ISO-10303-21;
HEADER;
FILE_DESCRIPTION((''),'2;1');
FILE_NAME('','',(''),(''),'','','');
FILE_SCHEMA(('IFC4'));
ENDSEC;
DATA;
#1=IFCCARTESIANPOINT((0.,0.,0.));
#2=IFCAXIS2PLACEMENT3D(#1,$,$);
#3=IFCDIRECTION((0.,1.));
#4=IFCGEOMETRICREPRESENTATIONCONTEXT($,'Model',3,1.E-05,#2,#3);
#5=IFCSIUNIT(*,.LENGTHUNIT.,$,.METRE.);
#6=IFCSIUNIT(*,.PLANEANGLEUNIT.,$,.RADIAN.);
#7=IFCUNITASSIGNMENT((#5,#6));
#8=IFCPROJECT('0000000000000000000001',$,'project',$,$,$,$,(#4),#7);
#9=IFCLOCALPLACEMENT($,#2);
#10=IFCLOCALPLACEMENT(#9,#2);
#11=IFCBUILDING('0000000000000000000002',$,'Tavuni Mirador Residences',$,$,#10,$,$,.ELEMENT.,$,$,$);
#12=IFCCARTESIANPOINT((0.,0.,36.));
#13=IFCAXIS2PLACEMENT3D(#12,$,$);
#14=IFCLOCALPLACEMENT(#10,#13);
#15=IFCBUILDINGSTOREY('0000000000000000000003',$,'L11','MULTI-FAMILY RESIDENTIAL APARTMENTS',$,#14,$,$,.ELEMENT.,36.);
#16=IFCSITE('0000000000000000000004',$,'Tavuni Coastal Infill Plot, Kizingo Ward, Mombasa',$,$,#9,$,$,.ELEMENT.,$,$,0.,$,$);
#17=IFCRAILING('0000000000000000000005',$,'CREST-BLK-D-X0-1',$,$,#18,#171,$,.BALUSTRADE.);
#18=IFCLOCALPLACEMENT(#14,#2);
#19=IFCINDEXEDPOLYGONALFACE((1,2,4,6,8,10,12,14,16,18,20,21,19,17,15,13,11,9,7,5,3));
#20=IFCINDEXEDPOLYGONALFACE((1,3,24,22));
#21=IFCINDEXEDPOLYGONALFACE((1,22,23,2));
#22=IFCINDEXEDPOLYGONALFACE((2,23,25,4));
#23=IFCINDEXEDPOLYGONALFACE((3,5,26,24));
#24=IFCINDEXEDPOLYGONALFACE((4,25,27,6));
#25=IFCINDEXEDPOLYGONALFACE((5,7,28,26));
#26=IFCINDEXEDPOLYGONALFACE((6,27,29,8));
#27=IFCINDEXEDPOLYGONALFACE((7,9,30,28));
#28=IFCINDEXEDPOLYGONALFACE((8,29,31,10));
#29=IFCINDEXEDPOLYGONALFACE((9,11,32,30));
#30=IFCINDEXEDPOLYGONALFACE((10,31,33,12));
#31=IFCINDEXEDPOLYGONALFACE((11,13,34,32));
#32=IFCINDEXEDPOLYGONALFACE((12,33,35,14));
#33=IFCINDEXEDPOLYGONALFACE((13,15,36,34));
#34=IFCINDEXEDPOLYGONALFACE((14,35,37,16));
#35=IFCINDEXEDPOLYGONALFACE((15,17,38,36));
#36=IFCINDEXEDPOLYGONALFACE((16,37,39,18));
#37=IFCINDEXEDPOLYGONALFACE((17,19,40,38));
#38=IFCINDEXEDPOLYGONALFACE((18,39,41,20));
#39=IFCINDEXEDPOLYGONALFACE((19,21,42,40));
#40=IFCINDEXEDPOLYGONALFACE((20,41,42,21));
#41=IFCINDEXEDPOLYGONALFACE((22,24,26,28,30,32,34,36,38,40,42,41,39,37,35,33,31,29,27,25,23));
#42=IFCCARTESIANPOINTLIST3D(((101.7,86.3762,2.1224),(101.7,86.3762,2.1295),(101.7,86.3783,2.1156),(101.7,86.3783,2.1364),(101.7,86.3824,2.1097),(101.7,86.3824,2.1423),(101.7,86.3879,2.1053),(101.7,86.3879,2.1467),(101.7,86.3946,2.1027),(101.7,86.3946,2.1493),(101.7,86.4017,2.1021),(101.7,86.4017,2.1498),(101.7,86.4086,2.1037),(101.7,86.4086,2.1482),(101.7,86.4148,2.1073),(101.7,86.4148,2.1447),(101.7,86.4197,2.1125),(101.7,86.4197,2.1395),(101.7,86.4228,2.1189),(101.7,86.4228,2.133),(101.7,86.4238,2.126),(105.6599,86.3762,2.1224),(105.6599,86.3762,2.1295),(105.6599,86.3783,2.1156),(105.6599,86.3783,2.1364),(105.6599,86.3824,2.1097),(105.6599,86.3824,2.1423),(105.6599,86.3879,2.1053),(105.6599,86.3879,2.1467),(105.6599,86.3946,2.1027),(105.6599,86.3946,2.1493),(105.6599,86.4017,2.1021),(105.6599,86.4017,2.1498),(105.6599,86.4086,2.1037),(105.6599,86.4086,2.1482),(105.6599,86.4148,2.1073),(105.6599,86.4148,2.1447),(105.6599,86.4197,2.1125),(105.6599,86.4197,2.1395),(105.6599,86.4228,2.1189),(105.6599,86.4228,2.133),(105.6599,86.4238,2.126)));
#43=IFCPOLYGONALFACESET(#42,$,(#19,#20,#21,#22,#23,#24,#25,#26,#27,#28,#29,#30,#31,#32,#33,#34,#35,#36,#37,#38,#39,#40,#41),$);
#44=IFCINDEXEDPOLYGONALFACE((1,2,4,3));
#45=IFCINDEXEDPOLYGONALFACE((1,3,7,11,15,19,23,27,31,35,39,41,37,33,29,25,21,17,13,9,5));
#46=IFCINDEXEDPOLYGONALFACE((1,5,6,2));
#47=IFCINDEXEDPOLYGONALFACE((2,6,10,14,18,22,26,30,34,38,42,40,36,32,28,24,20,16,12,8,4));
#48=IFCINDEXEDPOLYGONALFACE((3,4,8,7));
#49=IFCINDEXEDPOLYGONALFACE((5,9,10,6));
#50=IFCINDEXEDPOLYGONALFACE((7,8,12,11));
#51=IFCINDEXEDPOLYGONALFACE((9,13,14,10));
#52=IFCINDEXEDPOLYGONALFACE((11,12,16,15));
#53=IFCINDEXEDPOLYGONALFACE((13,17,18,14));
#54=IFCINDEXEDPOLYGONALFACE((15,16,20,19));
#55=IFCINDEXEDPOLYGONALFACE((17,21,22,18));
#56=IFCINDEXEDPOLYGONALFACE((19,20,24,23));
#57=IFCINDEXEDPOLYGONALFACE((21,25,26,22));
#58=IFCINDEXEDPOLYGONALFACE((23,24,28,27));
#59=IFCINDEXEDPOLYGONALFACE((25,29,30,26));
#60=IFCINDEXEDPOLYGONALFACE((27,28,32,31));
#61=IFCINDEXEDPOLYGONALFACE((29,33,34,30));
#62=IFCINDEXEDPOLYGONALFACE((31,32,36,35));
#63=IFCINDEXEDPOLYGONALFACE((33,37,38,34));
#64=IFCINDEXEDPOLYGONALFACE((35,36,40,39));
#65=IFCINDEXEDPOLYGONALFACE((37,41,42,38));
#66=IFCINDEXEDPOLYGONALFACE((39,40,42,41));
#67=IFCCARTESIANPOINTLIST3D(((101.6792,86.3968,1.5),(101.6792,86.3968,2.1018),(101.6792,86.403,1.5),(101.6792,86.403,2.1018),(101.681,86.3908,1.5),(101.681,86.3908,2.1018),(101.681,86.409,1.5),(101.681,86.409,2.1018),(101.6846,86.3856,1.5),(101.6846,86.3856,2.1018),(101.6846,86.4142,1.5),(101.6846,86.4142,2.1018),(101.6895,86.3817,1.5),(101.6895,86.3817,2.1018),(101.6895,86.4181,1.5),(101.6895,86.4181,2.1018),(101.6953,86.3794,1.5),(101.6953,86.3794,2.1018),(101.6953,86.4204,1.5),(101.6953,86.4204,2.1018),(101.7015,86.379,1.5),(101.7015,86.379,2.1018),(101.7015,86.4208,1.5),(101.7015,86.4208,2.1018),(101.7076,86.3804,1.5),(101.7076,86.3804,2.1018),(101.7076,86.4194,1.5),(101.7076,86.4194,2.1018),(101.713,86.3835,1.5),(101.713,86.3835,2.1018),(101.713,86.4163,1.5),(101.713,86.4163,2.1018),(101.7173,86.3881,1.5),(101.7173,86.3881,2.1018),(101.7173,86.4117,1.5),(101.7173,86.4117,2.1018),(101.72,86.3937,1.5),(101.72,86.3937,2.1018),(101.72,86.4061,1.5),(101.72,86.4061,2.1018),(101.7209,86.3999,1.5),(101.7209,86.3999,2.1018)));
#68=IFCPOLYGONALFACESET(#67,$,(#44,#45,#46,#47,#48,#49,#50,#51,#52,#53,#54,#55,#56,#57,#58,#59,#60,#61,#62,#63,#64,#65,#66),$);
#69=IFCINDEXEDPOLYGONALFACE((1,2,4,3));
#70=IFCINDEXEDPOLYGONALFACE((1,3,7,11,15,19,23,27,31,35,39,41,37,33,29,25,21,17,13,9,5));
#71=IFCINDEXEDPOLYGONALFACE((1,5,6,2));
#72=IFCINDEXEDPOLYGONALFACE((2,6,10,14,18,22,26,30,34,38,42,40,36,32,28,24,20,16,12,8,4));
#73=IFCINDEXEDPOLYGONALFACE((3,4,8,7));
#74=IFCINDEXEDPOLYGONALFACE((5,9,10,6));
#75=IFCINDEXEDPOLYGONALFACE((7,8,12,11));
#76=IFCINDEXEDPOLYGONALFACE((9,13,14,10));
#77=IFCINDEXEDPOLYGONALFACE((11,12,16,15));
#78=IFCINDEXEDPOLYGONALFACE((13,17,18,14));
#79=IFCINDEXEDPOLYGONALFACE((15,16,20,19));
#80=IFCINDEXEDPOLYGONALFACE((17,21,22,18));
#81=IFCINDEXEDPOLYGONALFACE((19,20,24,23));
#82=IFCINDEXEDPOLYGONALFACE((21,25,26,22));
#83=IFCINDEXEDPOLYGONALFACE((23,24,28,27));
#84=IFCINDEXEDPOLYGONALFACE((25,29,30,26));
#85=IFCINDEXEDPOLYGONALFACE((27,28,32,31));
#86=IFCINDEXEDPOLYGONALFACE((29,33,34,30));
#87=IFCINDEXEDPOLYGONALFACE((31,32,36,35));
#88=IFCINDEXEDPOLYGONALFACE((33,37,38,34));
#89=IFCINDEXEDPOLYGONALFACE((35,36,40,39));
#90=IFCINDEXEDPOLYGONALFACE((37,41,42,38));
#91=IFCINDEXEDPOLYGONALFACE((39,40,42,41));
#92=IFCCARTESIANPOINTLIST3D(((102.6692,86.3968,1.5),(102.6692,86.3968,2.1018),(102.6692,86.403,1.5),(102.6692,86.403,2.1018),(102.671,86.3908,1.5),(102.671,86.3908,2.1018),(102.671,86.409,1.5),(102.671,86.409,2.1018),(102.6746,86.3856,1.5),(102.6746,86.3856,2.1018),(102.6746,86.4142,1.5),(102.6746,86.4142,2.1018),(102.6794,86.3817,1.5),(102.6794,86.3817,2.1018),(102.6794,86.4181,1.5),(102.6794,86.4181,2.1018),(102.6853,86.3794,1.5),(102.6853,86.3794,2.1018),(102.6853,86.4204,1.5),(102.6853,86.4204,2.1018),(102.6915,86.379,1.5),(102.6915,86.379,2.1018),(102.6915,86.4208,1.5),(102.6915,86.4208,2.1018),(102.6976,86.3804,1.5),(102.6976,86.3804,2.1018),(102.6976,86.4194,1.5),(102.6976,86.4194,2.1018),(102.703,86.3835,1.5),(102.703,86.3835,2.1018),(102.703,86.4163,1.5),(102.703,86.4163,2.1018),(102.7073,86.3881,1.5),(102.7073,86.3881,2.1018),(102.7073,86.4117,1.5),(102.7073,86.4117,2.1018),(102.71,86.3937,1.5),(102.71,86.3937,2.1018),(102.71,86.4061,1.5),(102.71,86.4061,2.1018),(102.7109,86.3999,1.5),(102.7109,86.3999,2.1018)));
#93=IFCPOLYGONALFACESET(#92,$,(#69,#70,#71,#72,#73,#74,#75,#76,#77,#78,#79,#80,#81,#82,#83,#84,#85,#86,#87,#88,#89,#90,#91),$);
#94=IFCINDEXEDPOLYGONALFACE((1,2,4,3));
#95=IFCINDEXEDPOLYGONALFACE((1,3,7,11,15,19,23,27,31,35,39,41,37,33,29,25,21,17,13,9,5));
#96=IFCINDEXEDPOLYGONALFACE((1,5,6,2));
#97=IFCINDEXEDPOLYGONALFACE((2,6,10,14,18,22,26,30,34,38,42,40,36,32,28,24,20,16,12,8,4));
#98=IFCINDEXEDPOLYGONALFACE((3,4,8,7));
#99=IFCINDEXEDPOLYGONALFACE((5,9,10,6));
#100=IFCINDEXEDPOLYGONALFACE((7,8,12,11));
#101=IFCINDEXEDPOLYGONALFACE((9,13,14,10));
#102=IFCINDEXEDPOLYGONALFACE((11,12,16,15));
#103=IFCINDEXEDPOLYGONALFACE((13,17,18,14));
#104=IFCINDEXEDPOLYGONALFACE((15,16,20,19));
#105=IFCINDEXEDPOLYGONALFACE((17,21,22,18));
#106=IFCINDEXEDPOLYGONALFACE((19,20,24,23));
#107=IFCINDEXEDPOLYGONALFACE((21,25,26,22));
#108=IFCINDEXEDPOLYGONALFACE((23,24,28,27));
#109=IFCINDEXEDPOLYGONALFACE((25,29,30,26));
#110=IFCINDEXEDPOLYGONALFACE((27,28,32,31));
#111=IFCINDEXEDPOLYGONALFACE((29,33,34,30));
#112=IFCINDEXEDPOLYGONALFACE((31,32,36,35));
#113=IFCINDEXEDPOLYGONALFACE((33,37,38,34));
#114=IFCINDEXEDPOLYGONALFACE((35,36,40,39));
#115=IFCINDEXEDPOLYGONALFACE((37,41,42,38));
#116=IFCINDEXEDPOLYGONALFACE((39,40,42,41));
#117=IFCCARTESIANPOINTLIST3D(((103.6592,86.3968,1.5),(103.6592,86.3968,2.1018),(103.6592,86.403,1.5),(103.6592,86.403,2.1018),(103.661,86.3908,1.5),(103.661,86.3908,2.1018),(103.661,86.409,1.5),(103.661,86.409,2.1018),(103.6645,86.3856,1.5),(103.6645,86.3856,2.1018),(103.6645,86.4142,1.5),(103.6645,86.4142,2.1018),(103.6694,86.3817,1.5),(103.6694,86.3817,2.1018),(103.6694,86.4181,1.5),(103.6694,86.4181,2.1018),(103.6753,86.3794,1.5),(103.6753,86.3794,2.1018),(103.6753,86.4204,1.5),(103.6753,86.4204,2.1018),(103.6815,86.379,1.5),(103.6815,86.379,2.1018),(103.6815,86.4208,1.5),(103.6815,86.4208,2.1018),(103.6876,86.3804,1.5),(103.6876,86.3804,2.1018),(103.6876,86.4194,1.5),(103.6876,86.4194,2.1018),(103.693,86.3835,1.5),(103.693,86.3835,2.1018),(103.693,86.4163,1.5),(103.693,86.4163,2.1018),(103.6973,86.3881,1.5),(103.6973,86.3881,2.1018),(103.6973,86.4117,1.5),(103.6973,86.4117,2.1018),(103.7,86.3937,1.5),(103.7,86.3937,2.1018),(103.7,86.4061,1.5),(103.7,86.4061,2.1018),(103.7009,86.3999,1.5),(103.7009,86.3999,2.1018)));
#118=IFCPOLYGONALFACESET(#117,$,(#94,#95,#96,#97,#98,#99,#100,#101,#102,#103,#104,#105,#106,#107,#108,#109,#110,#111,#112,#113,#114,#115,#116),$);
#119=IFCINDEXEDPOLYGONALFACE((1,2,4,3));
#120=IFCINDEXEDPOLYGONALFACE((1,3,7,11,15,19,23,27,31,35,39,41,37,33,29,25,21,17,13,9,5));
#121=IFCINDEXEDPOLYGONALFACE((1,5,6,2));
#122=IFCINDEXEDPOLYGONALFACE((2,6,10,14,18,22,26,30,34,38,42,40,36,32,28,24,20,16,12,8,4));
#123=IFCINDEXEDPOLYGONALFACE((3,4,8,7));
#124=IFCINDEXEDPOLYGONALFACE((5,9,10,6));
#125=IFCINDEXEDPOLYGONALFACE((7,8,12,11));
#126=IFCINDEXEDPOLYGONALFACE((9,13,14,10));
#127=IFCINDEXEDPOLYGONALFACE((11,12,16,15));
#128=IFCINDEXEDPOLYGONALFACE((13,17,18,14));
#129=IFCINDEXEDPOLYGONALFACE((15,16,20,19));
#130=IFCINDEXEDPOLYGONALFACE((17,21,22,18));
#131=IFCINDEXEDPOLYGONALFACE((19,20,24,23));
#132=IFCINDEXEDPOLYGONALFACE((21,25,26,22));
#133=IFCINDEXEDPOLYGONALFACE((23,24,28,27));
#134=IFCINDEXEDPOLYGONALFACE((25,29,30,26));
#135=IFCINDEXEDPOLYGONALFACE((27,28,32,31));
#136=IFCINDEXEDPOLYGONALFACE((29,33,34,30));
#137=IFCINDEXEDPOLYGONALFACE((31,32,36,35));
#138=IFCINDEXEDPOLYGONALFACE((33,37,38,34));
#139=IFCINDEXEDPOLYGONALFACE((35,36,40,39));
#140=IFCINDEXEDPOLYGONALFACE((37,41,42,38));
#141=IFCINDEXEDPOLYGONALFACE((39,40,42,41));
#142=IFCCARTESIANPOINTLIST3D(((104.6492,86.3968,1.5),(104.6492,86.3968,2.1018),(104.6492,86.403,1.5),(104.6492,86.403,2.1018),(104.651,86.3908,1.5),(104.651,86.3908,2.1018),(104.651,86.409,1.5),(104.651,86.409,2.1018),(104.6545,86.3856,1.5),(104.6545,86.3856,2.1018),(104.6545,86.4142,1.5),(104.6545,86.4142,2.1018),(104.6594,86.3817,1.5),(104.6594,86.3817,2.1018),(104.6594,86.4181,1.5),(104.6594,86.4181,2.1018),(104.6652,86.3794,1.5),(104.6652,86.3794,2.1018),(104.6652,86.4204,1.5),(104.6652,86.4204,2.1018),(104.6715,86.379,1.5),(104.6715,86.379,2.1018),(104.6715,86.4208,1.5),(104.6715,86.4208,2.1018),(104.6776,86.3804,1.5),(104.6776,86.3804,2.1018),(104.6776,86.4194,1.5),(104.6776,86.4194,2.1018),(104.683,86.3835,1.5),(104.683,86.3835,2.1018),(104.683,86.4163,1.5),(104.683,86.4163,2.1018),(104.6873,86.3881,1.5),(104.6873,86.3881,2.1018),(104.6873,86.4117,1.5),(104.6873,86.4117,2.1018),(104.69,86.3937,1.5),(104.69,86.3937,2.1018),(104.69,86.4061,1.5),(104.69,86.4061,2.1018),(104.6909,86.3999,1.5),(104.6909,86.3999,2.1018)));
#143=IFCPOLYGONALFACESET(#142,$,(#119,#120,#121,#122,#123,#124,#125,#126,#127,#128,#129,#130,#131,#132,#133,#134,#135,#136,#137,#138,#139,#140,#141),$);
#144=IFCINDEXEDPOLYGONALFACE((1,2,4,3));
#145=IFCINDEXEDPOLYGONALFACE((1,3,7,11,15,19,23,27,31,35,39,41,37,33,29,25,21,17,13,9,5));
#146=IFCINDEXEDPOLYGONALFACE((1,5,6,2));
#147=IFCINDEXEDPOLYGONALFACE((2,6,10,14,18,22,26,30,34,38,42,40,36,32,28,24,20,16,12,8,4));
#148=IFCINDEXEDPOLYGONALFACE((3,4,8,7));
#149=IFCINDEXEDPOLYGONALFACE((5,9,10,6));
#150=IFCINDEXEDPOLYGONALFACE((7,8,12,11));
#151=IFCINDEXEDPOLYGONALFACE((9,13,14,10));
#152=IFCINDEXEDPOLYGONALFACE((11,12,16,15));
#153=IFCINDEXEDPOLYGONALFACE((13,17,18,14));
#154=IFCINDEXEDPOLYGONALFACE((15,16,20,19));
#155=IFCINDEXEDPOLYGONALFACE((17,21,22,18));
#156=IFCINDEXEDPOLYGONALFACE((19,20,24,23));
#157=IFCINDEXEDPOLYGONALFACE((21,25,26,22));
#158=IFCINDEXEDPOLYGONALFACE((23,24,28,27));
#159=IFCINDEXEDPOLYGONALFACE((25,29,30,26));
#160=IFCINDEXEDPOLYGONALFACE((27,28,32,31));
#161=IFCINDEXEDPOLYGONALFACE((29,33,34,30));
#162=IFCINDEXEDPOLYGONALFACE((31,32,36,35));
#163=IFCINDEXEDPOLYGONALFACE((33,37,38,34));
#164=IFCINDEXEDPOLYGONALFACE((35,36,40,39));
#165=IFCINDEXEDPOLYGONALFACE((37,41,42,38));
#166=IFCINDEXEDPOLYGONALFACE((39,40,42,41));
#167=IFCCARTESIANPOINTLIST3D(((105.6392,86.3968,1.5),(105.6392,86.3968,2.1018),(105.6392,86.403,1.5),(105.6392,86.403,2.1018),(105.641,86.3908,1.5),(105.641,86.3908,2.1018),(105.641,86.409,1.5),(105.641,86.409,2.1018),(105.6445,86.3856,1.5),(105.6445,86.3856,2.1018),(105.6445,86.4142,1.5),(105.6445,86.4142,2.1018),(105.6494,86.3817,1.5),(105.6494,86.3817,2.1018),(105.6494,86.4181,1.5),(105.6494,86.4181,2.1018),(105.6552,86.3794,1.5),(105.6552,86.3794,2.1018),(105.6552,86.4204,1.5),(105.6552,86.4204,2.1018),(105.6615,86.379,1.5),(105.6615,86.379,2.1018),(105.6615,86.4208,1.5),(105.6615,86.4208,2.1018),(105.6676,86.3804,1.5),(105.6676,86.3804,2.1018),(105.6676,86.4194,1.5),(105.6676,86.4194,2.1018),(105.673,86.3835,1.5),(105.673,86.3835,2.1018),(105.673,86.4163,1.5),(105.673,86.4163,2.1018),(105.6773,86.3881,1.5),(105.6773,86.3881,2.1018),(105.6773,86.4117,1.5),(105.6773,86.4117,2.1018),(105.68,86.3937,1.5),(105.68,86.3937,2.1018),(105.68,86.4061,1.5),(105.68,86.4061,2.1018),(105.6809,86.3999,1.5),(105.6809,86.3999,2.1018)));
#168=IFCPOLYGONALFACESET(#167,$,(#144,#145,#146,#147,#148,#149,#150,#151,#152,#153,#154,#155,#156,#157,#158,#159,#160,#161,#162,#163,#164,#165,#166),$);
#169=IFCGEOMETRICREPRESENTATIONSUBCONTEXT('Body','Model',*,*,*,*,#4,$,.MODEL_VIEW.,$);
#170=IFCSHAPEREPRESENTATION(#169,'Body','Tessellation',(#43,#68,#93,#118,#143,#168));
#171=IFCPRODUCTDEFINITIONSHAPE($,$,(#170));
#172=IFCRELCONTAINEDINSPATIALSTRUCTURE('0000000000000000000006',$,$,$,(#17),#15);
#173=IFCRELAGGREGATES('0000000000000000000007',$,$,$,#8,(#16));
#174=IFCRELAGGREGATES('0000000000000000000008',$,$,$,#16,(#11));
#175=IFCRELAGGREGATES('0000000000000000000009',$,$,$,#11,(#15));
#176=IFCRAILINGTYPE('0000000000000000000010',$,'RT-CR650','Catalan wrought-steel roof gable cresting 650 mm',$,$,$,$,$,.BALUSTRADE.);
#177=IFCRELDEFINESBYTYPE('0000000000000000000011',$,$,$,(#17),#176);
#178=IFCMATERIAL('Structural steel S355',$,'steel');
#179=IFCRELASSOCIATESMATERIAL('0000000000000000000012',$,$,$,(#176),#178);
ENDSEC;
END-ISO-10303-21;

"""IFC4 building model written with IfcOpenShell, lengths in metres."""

from ifc_helpers import new_model, si_unit, direction, frame, origin, origin_2d, place, context, subcontext, project, spatial, circle, extrude, material, type_object, element, save


model = new_model("IFC4")

# Units and contexts
model_context = context("Model", 3, precision=1e-05, world=origin(), true_north=direction((0.0, 1.0)))
body_context = subcontext(model_context, "Body", "Model", "MODEL_VIEW")
ifc_project = project(units=[si_unit("LENGTHUNIT", "METRE"), si_unit("PLANEANGLEUNIT", "RADIAN")], contexts=[model_context])

# Site, building, storey
site_placement = place(None, origin())
site = spatial("IfcSite", under=ifc_project, at=site_placement, Name="Tavuni Coastal Infill Plot, Kizingo Ward, Mombasa", CompositionType="ELEMENT", RefElevation=0.0)
building_placement = place(site_placement, origin())
building = spatial("IfcBuilding", under=site, at=building_placement, Name="Tavuni Mirador Residences", CompositionType="ELEMENT")
storey_placement = place(building_placement, frame((0.0, 0.0, 36.0)))
storey = spatial("IfcBuildingStorey", under=building, at=storey_placement, Name="L11", Description="MULTI-FAMILY RESIDENTIAL APARTMENTS", CompositionType="ELEMENT", Elevation=36.0)

# Shared definitions
ifc_material_1 = material(Name="Structural steel S355", Category="steel")

# Railing
railing_type = type_object("IfcRailingType", Name="RT-CR650", Description="Catalan wrought-steel roof gable cresting 650 mm", PredefinedType="BALUSTRADE", material=ifc_material_1)
for number, where, name in (
    (1, (101.7, 86.3999, 1.5), "CREST-BLK-D-X0-1"),
):
    element("IfcRailing", number, at=place(storey_placement, frame(where)), inside=storey, type_object=railing_type, Name=name, PredefinedType="BALUSTRADE", context=body_context, shape_type="SweptSolid", body=[
        extrude(circle(Radius=0.0239, at=origin_2d()), frame((0.0, 0.0, 0.626), z_axis=(1.0, 0.0, 0.0), x_axis=(0.0, 1.0, 0.0)), (0.0, 0.0, 1.0), 3.96),
        extrude(circle(Radius=0.021, at=origin_2d()), origin(), (0.0, 0.0, 1.0), 0.6018),
        extrude(circle(Radius=0.021, at=origin_2d()), frame((0.99, 0.0, 0.0)), (0.0, 0.0, 1.0), 0.6018),
        extrude(circle(Radius=0.021, at=origin_2d()), frame((1.98, 0.0, 0.0)), (0.0, 0.0, 1.0), 0.6018),
        extrude(circle(Radius=0.021, at=origin_2d()), frame((2.97, 0.0, 0.0)), (0.0, 0.0, 1.0), 0.6018),
        extrude(circle(Radius=0.021, at=origin_2d()), frame((3.96, 0.0, 0.0)), (0.0, 0.0, 1.0), 0.6018),
    ])

save(model, "model.ifc")
